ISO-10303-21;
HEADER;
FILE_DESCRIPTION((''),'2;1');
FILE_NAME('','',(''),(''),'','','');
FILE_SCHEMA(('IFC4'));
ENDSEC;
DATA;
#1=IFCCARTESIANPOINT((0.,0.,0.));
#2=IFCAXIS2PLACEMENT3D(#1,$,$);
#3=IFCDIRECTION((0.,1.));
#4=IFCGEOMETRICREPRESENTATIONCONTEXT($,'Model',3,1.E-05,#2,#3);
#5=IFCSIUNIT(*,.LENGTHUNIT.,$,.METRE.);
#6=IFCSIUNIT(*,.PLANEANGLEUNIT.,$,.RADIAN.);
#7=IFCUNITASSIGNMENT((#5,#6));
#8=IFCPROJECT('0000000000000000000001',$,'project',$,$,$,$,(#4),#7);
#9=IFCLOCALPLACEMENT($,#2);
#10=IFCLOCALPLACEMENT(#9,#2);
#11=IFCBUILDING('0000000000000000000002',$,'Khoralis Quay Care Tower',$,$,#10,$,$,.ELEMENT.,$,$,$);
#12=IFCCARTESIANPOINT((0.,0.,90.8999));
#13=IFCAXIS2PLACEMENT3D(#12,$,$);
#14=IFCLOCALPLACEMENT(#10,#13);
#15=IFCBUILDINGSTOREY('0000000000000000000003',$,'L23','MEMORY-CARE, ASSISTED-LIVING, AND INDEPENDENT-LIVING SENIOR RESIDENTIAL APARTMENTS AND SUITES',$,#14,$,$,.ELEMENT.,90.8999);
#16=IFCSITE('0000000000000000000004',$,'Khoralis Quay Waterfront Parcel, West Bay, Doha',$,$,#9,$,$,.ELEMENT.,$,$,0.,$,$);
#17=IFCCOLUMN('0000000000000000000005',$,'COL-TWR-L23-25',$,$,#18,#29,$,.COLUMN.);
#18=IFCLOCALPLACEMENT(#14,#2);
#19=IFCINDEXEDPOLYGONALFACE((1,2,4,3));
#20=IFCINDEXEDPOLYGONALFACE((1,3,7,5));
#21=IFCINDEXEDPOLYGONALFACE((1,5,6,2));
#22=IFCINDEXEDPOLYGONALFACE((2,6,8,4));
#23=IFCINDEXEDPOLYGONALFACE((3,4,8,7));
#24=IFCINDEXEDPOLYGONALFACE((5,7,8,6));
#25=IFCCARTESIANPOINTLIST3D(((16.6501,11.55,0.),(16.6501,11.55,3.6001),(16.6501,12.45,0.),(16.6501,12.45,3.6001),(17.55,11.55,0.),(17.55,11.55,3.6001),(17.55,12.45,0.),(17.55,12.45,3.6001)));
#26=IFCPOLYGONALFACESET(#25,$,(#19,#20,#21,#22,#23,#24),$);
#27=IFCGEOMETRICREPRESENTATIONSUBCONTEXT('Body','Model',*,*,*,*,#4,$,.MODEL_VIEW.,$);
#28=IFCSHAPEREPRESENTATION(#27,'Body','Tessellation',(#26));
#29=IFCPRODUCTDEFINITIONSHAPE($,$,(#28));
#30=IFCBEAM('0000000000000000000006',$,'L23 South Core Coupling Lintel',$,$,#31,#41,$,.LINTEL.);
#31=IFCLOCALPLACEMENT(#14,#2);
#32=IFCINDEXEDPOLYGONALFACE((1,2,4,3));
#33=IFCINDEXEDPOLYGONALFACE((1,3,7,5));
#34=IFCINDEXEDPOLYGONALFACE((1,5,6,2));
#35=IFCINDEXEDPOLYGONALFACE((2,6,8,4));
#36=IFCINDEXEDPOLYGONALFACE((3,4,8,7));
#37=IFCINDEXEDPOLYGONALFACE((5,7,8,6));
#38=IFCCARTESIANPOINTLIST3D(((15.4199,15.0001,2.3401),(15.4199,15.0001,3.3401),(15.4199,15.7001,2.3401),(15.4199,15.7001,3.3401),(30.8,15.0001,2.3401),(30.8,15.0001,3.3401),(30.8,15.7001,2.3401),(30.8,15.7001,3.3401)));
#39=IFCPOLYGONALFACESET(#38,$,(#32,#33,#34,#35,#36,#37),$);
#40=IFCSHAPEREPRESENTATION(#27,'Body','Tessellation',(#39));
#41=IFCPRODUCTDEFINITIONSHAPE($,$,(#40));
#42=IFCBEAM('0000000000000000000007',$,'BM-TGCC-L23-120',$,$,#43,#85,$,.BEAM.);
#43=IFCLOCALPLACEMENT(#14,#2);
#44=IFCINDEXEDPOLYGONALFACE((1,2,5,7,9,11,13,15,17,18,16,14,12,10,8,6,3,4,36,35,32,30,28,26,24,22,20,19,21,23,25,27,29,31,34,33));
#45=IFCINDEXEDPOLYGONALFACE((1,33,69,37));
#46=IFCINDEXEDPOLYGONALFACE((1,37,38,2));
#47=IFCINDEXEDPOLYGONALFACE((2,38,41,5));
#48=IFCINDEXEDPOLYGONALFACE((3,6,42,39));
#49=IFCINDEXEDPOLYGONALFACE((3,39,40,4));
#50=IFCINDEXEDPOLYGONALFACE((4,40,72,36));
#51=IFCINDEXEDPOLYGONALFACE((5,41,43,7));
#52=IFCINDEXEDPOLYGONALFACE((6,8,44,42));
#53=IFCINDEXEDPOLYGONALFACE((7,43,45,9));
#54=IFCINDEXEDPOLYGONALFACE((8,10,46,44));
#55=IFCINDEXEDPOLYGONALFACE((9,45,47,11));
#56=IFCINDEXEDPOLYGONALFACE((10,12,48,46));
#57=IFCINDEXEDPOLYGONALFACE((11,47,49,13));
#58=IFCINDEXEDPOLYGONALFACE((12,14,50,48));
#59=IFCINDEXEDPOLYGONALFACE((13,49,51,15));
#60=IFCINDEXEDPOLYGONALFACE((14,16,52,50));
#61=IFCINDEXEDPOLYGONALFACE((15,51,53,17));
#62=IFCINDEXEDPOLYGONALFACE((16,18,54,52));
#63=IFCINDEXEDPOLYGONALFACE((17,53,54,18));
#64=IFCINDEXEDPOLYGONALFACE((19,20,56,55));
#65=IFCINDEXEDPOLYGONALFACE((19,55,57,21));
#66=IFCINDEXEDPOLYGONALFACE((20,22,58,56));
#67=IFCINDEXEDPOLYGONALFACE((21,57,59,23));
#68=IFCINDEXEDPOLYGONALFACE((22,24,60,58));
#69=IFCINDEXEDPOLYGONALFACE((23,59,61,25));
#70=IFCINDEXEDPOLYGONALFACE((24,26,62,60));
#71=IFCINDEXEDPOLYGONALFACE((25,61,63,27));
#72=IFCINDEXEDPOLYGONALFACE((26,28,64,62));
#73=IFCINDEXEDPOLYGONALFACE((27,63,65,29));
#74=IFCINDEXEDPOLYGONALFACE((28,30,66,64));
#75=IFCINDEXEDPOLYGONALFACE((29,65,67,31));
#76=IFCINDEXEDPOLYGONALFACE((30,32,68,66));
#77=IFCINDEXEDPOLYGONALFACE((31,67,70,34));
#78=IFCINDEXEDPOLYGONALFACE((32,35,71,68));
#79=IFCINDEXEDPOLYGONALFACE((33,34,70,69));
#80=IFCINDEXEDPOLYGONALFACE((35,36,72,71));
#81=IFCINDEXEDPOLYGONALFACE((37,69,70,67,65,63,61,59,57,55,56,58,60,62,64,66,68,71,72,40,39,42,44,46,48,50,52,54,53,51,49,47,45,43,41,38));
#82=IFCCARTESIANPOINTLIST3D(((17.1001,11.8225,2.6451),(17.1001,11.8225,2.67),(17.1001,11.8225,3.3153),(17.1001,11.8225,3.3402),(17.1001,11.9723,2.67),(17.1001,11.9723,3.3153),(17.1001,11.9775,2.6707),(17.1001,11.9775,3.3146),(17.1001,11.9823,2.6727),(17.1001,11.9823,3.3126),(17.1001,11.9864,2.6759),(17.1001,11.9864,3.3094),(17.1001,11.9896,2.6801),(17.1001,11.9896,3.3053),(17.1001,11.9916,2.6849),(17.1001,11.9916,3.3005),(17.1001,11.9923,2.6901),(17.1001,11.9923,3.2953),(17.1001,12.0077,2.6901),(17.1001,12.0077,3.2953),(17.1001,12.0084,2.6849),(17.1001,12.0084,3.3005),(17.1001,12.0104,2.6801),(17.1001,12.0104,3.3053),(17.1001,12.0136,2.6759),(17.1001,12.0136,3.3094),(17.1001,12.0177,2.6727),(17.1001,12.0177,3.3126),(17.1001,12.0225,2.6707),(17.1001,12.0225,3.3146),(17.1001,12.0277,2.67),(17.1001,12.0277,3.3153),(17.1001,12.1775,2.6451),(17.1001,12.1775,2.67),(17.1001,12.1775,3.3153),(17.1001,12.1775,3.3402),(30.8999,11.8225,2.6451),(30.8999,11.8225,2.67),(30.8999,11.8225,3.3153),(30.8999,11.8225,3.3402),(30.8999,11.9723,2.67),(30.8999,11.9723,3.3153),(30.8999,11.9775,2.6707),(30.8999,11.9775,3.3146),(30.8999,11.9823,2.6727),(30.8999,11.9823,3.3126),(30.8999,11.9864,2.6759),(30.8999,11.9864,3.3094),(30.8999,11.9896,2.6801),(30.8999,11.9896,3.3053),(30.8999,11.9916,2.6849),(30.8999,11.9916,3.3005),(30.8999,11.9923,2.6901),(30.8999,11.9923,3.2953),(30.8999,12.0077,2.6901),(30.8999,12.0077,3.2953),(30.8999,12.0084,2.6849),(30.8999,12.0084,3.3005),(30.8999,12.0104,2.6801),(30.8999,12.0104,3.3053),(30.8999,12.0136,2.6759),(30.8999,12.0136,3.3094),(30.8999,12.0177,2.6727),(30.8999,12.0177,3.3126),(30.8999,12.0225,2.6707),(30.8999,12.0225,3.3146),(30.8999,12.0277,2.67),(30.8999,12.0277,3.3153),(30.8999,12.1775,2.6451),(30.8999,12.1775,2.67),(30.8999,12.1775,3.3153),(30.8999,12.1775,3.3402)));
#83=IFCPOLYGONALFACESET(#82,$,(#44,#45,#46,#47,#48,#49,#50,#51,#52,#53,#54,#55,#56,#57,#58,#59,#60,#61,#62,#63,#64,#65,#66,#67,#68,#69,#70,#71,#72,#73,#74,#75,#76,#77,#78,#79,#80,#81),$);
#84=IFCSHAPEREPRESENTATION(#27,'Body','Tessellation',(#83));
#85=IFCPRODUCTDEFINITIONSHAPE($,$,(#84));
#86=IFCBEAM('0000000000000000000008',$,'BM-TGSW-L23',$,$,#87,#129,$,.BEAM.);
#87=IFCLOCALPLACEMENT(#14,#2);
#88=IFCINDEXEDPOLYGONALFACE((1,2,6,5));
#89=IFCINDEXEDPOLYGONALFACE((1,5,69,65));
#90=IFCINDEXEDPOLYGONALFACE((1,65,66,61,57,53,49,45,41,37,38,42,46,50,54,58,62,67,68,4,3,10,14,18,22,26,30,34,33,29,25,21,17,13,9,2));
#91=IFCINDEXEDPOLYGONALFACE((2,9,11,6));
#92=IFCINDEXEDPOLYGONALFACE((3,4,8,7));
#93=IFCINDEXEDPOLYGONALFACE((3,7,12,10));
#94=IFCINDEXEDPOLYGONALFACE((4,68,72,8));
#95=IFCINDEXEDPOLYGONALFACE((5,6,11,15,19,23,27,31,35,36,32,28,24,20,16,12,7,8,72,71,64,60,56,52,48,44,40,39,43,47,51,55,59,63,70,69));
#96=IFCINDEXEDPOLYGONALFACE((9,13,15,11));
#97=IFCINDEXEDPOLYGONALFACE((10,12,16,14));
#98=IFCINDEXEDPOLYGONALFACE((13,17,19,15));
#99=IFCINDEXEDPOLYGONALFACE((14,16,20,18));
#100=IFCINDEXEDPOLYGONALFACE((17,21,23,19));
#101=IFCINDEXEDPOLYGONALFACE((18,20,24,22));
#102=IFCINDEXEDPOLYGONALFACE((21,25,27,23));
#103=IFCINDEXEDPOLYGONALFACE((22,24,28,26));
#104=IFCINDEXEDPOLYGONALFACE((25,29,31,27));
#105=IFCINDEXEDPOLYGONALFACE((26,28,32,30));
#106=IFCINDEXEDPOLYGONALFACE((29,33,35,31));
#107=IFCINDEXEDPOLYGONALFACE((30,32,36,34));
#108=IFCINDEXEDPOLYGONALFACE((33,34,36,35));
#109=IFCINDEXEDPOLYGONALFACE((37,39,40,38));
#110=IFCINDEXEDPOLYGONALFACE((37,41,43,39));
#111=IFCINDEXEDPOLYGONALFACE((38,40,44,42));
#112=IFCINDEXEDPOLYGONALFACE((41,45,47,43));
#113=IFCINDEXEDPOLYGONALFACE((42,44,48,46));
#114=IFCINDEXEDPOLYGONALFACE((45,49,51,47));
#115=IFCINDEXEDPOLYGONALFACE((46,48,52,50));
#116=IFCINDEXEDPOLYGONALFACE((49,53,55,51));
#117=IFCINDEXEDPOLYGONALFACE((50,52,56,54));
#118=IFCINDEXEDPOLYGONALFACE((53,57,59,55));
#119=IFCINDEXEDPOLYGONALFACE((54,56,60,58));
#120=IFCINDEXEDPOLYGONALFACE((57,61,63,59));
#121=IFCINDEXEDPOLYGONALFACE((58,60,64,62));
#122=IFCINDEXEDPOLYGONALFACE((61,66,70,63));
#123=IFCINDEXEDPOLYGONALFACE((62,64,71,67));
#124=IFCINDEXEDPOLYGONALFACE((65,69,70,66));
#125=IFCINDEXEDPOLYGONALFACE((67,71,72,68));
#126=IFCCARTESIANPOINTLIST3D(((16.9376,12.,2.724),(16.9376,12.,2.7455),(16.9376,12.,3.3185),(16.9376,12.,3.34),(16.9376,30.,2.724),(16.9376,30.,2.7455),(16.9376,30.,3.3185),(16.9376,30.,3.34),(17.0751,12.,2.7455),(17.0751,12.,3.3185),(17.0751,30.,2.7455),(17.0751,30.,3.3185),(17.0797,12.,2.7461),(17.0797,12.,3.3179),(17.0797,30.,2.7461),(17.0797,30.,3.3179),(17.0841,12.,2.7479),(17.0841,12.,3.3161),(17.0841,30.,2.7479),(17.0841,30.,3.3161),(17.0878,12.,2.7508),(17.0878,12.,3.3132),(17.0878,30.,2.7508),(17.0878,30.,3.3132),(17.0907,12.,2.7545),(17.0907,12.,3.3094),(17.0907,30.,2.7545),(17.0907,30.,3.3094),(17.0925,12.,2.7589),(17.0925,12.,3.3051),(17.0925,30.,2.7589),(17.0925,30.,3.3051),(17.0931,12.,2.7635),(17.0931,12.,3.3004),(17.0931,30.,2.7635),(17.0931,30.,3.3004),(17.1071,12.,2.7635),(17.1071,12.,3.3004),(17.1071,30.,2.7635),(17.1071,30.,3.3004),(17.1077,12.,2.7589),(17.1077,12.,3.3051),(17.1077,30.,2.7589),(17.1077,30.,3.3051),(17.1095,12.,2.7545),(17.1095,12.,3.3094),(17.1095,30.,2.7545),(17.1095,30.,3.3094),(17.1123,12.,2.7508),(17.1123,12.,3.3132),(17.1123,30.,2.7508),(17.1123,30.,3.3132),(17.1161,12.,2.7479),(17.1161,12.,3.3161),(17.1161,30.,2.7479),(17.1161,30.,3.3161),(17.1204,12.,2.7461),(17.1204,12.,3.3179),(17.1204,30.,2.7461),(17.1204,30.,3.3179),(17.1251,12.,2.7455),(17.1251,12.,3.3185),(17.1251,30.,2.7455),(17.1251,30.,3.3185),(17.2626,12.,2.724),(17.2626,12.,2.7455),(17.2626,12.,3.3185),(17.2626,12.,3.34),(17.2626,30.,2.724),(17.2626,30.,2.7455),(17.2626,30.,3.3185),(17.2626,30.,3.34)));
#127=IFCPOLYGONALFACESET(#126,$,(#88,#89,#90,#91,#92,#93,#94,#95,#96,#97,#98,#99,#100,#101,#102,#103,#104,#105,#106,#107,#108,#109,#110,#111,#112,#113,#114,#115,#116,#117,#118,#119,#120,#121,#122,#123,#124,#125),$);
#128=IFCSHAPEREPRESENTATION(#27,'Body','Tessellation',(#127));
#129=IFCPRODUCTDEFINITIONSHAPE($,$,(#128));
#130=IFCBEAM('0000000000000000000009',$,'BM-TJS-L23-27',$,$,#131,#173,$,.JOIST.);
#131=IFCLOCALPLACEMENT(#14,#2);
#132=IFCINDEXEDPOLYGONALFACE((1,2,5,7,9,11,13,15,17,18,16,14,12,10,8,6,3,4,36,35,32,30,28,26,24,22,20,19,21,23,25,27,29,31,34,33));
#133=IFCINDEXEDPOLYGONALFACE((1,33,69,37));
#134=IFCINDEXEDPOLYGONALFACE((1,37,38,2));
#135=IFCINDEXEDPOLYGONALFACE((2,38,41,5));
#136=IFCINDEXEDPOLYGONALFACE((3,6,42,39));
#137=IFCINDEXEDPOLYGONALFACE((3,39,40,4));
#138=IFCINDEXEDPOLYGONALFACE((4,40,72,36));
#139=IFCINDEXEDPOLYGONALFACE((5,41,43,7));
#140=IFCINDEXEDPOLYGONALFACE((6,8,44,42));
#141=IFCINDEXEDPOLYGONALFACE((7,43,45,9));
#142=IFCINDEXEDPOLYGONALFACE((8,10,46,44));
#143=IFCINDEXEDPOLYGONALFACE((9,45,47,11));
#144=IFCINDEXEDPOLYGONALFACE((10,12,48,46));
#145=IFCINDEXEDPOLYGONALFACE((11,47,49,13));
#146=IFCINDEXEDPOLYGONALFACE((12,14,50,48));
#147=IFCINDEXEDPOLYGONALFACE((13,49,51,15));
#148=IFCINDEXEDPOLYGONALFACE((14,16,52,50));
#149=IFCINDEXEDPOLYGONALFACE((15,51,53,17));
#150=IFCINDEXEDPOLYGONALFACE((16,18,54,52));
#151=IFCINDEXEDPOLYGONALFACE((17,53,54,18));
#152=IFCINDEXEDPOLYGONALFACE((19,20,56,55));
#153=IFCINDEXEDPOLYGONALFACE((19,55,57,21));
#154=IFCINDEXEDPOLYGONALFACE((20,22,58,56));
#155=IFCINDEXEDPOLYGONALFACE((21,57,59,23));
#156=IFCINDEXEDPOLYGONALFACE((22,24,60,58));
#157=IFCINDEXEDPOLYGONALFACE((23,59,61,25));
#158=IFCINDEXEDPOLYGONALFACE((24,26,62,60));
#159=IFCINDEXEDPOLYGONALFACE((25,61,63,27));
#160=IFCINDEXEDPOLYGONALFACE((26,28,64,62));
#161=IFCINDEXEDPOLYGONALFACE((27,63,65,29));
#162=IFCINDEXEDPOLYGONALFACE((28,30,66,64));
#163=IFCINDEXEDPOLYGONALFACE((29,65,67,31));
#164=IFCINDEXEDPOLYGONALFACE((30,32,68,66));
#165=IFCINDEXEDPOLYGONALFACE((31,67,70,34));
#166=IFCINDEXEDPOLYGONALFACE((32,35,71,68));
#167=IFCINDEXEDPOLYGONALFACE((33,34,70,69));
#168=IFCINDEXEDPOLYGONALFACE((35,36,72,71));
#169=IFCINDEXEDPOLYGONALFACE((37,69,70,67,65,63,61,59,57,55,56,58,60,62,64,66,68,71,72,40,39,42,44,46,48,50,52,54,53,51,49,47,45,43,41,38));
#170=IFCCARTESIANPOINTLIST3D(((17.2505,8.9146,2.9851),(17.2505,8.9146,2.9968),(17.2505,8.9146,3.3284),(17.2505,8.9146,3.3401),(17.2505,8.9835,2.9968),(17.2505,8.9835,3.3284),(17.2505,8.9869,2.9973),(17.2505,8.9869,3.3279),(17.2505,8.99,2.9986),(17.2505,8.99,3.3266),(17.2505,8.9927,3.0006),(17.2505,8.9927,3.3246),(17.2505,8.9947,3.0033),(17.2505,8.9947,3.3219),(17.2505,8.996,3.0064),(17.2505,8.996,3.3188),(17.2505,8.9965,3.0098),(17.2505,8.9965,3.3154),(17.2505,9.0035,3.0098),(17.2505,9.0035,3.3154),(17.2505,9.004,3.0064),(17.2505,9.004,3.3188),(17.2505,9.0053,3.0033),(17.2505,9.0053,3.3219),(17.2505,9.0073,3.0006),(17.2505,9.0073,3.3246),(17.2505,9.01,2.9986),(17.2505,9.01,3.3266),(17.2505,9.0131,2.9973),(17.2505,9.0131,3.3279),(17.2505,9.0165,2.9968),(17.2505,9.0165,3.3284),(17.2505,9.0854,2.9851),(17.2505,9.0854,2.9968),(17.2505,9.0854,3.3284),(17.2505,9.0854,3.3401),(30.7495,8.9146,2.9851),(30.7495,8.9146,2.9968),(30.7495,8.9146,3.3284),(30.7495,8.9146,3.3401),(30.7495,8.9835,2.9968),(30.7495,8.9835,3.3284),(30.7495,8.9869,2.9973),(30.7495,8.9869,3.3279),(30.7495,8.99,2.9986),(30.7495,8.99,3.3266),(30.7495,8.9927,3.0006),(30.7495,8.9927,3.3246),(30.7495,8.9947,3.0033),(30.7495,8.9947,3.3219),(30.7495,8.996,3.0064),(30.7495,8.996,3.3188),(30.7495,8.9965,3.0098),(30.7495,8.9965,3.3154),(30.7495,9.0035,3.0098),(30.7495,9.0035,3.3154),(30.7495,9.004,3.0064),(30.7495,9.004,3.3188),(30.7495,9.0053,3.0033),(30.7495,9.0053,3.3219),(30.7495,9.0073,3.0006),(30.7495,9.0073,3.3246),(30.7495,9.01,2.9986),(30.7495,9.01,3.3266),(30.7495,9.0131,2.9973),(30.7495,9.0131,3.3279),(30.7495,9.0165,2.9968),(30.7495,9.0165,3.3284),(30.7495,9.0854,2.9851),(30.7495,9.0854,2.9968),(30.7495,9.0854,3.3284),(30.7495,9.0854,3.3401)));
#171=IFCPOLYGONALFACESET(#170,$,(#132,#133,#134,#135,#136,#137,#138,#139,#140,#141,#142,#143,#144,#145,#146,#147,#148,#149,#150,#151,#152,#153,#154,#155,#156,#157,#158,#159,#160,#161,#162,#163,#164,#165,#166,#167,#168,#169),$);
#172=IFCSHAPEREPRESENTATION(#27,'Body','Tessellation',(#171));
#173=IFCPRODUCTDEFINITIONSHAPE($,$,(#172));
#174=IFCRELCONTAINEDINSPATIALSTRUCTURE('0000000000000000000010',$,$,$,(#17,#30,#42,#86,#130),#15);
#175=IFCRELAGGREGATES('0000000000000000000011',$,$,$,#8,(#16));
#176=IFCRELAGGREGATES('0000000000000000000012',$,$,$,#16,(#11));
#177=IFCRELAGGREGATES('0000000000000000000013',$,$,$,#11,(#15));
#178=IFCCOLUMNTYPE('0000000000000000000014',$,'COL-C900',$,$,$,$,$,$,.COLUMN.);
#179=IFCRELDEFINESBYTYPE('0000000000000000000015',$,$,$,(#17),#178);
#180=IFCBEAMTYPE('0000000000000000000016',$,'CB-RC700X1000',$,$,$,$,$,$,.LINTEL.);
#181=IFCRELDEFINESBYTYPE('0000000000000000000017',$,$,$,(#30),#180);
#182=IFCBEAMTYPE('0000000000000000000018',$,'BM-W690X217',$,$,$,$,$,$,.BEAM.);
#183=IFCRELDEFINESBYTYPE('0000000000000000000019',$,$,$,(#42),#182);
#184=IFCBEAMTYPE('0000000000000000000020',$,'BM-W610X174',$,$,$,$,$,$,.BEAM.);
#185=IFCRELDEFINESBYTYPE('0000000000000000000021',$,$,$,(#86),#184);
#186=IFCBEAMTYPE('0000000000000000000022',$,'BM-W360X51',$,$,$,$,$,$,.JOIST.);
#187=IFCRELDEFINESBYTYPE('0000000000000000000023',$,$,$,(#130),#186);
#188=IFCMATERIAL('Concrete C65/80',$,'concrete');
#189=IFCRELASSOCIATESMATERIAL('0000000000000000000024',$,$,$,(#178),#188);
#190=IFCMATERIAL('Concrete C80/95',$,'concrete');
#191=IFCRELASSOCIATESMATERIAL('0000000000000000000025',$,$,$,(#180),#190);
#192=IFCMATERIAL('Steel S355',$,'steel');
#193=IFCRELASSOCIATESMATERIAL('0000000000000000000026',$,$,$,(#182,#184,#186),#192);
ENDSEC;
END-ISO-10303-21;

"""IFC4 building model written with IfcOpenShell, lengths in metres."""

from ifc_helpers import new_model, si_unit, direction, frame, origin, origin_2d, place, context, subcontext, project, spatial, rectangle, i_section, extrude, source, transform, mapped, material, material_profile, profile_set, type_object, element, save


model = new_model("IFC4")

# Units and contexts
model_context = context("Model", 3, precision=1e-05, world=origin(), true_north=direction((0.0, 1.0)))
body_context = subcontext(model_context, "Body", "Model", "MODEL_VIEW")
ifc_project = project(units=[si_unit("LENGTHUNIT", "METRE"), si_unit("PLANEANGLEUNIT", "RADIAN")], contexts=[model_context])

# Site, building, storey
site_placement = place(None, origin())
site = spatial("IfcSite", under=ifc_project, at=site_placement, Name="Khoralis Quay Waterfront Parcel, West Bay, Doha", CompositionType="ELEMENT", RefElevation=0.0)
building_placement = place(site_placement, origin())
building = spatial("IfcBuilding", under=site, at=building_placement, Name="Khoralis Quay Care Tower", CompositionType="ELEMENT")
storey_placement = place(building_placement, frame((0.0, 0.0, 90.8999)))
storey = spatial("IfcBuildingStorey", under=building, at=storey_placement, Name="L23", Description="MEMORY-CARE, ASSISTED-LIVING, AND INDEPENDENT-LIVING SENIOR RESIDENTIAL APARTMENTS AND SUITES", CompositionType="ELEMENT", Elevation=90.8999)

# Column
ifc_material_1 = material(Name="Concrete C65/80", Category="concrete")
ifc_material_profile_1 = material_profile(ifc_material_1, rectangle(XDim=0.8999, YDim=0.8999, at=origin_2d()), Name="Concrete C65/80")
ifc_profile_set_1 = profile_set([ifc_material_profile_1], Name="Concrete C65/80")
column_type = type_object("IfcColumnType", Name="COL-C900", PredefinedType="COLUMN", material=ifc_profile_set_1)
shared_shape_1 = source(origin(), body_context, "Body", "SweptSolid", [
    extrude(rectangle(XDim=0.8999, YDim=0.8999, at=origin_2d()), origin(), (0.0, 0.0, 1.0), 3.6001),
])
column_placement = place(storey_placement, frame((17.1001, 12.0, 0.0), z_axis=(0.0, 0.0, 1.0), x_axis=(1.0, 0.0, 0.0)))
element("IfcColumn", 1, at=column_placement, inside=storey, type_object=column_type, Name="COL-TWR-L23-25", PredefinedType="COLUMN", context=body_context, shape_type="MappedRepresentation", body=[
    mapped(shared_shape_1, transform((0.0, 0.0, 0.0), scale=1.0)),
])

# Beams
ifc_material_2 = material(Name="Concrete C80/95", Category="concrete")
ifc_material_profile_2 = material_profile(ifc_material_2, rectangle(XDim=0.7, YDim=1.0, at=origin_2d()), Name="Concrete C80/95")
ifc_profile_set_2 = profile_set([ifc_material_profile_2], Name="Concrete C80/95")
beam_type_1 = type_object("IfcBeamType", Name="CB-RC700X1000", PredefinedType="LINTEL", material=ifc_profile_set_2)
shared_shape_2 = source(origin(), body_context, "Body", "SweptSolid", [
    extrude(rectangle(XDim=0.7, YDim=1.0, at=origin_2d()), origin(), (0.0, 0.0, 1.0), 15.3801),
])
beam_1_placement = place(storey_placement, frame((15.4199, 15.3501, 2.8401), z_axis=(1.0, 0.0, 0.0), x_axis=(0.0, 1.0, 0.0)))
element("IfcBeam", 2, at=beam_1_placement, inside=storey, type_object=beam_type_1, Name="L23 South Core Coupling Lintel", PredefinedType="LINTEL", context=body_context, shape_type="MappedRepresentation", body=[
    mapped(shared_shape_2, transform((0.0, 0.0, 0.0), scale=1.0)),
])
ifc_material_3 = material(Name="Steel S355", Category="steel")
ifc_material_profile_3 = material_profile(ifc_material_3, i_section(OverallWidth=0.355, OverallDepth=0.6951, WebThickness=0.0154, FlangeThickness=0.0249, FilletRadius=0.02, at=origin_2d()), Name="Steel S355")
ifc_profile_set_3 = profile_set([ifc_material_profile_3], Name="Steel S355")
beam_type_2 = type_object("IfcBeamType", Name="BM-W690X217", PredefinedType="BEAM", material=ifc_profile_set_3)
shared_shape_3 = source(origin(), body_context, "Body", "SweptSolid", [
    extrude(i_section(OverallWidth=0.355, OverallDepth=0.6951, WebThickness=0.0154, FlangeThickness=0.0249, FilletRadius=0.02, at=origin_2d()), origin(), (0.0, 0.0, 1.0), 13.7998),
])
beam_2_placement = place(storey_placement, frame((17.1001, 12.0, 2.9927), z_axis=(1.0, 0.0, 0.0), x_axis=(0.0, 1.0, 0.0)))
element("IfcBeam", 3, at=beam_2_placement, inside=storey, type_object=beam_type_2, Name="BM-TGCC-L23-120", PredefinedType="BEAM", context=body_context, shape_type="MappedRepresentation", body=[
    mapped(shared_shape_3, transform((0.0, 0.0, 0.0), scale=1.0)),
])
ifc_material_profile_4 = material_profile(ifc_material_3, i_section(OverallWidth=0.325, OverallDepth=0.616, WebThickness=0.0139, FlangeThickness=0.0215, FilletRadius=0.0181, at=origin_2d()), Name="Steel S355")
ifc_profile_set_4 = profile_set([ifc_material_profile_4], Name="Steel S355")
beam_type_3 = type_object("IfcBeamType", Name="BM-W610X174", PredefinedType="BEAM", material=ifc_profile_set_4)
shared_shape_4 = source(origin(), body_context, "Body", "SweptSolid", [
    extrude(i_section(OverallWidth=0.325, OverallDepth=0.616, WebThickness=0.0139, FlangeThickness=0.0215, FilletRadius=0.0181, at=origin_2d()), origin(), (0.0, 0.0, 1.0), 18.0),
])
beam_3_placement = place(storey_placement, frame((17.1001, 12.0, 3.032), z_axis=(0.0, 1.0, 0.0), x_axis=(-1.0, 0.0, 0.0)))
element("IfcBeam", 4, at=beam_3_placement, inside=storey, type_object=beam_type_3, Name="BM-TGSW-L23", PredefinedType="BEAM", context=body_context, shape_type="MappedRepresentation", body=[
    mapped(shared_shape_4, transform((0.0, 0.0, 0.0), scale=1.0)),
])
ifc_material_profile_5 = material_profile(ifc_material_3, i_section(OverallWidth=0.1709, OverallDepth=0.355, WebThickness=0.0071, FlangeThickness=0.0117, FilletRadius=0.0129, at=origin_2d()), Name="Steel S355")
ifc_profile_set_5 = profile_set([ifc_material_profile_5], Name="Steel S355")
beam_type_4 = type_object("IfcBeamType", Name="BM-W360X51", PredefinedType="JOIST", material=ifc_profile_set_5)
shared_shape_5 = source(origin(), body_context, "Body", "SweptSolid", [
    extrude(i_section(OverallWidth=0.1709, OverallDepth=0.355, WebThickness=0.0071, FlangeThickness=0.0117, FilletRadius=0.0129, at=origin_2d()), origin(), (0.0, 0.0, 1.0), 13.499),
])
beam_4_placement = place(storey_placement, frame((17.2505, 9.0, 3.1626), z_axis=(1.0, 0.0, 0.0), x_axis=(0.0, 1.0, 0.0)))
element("IfcBeam", 5, at=beam_4_placement, inside=storey, type_object=beam_type_4, Name="BM-TJS-L23-27", PredefinedType="JOIST", context=body_context, shape_type="MappedRepresentation", body=[
    mapped(shared_shape_5, transform((0.0, 0.0, 0.0), scale=1.0)),
])

save(model, "model.ifc")
